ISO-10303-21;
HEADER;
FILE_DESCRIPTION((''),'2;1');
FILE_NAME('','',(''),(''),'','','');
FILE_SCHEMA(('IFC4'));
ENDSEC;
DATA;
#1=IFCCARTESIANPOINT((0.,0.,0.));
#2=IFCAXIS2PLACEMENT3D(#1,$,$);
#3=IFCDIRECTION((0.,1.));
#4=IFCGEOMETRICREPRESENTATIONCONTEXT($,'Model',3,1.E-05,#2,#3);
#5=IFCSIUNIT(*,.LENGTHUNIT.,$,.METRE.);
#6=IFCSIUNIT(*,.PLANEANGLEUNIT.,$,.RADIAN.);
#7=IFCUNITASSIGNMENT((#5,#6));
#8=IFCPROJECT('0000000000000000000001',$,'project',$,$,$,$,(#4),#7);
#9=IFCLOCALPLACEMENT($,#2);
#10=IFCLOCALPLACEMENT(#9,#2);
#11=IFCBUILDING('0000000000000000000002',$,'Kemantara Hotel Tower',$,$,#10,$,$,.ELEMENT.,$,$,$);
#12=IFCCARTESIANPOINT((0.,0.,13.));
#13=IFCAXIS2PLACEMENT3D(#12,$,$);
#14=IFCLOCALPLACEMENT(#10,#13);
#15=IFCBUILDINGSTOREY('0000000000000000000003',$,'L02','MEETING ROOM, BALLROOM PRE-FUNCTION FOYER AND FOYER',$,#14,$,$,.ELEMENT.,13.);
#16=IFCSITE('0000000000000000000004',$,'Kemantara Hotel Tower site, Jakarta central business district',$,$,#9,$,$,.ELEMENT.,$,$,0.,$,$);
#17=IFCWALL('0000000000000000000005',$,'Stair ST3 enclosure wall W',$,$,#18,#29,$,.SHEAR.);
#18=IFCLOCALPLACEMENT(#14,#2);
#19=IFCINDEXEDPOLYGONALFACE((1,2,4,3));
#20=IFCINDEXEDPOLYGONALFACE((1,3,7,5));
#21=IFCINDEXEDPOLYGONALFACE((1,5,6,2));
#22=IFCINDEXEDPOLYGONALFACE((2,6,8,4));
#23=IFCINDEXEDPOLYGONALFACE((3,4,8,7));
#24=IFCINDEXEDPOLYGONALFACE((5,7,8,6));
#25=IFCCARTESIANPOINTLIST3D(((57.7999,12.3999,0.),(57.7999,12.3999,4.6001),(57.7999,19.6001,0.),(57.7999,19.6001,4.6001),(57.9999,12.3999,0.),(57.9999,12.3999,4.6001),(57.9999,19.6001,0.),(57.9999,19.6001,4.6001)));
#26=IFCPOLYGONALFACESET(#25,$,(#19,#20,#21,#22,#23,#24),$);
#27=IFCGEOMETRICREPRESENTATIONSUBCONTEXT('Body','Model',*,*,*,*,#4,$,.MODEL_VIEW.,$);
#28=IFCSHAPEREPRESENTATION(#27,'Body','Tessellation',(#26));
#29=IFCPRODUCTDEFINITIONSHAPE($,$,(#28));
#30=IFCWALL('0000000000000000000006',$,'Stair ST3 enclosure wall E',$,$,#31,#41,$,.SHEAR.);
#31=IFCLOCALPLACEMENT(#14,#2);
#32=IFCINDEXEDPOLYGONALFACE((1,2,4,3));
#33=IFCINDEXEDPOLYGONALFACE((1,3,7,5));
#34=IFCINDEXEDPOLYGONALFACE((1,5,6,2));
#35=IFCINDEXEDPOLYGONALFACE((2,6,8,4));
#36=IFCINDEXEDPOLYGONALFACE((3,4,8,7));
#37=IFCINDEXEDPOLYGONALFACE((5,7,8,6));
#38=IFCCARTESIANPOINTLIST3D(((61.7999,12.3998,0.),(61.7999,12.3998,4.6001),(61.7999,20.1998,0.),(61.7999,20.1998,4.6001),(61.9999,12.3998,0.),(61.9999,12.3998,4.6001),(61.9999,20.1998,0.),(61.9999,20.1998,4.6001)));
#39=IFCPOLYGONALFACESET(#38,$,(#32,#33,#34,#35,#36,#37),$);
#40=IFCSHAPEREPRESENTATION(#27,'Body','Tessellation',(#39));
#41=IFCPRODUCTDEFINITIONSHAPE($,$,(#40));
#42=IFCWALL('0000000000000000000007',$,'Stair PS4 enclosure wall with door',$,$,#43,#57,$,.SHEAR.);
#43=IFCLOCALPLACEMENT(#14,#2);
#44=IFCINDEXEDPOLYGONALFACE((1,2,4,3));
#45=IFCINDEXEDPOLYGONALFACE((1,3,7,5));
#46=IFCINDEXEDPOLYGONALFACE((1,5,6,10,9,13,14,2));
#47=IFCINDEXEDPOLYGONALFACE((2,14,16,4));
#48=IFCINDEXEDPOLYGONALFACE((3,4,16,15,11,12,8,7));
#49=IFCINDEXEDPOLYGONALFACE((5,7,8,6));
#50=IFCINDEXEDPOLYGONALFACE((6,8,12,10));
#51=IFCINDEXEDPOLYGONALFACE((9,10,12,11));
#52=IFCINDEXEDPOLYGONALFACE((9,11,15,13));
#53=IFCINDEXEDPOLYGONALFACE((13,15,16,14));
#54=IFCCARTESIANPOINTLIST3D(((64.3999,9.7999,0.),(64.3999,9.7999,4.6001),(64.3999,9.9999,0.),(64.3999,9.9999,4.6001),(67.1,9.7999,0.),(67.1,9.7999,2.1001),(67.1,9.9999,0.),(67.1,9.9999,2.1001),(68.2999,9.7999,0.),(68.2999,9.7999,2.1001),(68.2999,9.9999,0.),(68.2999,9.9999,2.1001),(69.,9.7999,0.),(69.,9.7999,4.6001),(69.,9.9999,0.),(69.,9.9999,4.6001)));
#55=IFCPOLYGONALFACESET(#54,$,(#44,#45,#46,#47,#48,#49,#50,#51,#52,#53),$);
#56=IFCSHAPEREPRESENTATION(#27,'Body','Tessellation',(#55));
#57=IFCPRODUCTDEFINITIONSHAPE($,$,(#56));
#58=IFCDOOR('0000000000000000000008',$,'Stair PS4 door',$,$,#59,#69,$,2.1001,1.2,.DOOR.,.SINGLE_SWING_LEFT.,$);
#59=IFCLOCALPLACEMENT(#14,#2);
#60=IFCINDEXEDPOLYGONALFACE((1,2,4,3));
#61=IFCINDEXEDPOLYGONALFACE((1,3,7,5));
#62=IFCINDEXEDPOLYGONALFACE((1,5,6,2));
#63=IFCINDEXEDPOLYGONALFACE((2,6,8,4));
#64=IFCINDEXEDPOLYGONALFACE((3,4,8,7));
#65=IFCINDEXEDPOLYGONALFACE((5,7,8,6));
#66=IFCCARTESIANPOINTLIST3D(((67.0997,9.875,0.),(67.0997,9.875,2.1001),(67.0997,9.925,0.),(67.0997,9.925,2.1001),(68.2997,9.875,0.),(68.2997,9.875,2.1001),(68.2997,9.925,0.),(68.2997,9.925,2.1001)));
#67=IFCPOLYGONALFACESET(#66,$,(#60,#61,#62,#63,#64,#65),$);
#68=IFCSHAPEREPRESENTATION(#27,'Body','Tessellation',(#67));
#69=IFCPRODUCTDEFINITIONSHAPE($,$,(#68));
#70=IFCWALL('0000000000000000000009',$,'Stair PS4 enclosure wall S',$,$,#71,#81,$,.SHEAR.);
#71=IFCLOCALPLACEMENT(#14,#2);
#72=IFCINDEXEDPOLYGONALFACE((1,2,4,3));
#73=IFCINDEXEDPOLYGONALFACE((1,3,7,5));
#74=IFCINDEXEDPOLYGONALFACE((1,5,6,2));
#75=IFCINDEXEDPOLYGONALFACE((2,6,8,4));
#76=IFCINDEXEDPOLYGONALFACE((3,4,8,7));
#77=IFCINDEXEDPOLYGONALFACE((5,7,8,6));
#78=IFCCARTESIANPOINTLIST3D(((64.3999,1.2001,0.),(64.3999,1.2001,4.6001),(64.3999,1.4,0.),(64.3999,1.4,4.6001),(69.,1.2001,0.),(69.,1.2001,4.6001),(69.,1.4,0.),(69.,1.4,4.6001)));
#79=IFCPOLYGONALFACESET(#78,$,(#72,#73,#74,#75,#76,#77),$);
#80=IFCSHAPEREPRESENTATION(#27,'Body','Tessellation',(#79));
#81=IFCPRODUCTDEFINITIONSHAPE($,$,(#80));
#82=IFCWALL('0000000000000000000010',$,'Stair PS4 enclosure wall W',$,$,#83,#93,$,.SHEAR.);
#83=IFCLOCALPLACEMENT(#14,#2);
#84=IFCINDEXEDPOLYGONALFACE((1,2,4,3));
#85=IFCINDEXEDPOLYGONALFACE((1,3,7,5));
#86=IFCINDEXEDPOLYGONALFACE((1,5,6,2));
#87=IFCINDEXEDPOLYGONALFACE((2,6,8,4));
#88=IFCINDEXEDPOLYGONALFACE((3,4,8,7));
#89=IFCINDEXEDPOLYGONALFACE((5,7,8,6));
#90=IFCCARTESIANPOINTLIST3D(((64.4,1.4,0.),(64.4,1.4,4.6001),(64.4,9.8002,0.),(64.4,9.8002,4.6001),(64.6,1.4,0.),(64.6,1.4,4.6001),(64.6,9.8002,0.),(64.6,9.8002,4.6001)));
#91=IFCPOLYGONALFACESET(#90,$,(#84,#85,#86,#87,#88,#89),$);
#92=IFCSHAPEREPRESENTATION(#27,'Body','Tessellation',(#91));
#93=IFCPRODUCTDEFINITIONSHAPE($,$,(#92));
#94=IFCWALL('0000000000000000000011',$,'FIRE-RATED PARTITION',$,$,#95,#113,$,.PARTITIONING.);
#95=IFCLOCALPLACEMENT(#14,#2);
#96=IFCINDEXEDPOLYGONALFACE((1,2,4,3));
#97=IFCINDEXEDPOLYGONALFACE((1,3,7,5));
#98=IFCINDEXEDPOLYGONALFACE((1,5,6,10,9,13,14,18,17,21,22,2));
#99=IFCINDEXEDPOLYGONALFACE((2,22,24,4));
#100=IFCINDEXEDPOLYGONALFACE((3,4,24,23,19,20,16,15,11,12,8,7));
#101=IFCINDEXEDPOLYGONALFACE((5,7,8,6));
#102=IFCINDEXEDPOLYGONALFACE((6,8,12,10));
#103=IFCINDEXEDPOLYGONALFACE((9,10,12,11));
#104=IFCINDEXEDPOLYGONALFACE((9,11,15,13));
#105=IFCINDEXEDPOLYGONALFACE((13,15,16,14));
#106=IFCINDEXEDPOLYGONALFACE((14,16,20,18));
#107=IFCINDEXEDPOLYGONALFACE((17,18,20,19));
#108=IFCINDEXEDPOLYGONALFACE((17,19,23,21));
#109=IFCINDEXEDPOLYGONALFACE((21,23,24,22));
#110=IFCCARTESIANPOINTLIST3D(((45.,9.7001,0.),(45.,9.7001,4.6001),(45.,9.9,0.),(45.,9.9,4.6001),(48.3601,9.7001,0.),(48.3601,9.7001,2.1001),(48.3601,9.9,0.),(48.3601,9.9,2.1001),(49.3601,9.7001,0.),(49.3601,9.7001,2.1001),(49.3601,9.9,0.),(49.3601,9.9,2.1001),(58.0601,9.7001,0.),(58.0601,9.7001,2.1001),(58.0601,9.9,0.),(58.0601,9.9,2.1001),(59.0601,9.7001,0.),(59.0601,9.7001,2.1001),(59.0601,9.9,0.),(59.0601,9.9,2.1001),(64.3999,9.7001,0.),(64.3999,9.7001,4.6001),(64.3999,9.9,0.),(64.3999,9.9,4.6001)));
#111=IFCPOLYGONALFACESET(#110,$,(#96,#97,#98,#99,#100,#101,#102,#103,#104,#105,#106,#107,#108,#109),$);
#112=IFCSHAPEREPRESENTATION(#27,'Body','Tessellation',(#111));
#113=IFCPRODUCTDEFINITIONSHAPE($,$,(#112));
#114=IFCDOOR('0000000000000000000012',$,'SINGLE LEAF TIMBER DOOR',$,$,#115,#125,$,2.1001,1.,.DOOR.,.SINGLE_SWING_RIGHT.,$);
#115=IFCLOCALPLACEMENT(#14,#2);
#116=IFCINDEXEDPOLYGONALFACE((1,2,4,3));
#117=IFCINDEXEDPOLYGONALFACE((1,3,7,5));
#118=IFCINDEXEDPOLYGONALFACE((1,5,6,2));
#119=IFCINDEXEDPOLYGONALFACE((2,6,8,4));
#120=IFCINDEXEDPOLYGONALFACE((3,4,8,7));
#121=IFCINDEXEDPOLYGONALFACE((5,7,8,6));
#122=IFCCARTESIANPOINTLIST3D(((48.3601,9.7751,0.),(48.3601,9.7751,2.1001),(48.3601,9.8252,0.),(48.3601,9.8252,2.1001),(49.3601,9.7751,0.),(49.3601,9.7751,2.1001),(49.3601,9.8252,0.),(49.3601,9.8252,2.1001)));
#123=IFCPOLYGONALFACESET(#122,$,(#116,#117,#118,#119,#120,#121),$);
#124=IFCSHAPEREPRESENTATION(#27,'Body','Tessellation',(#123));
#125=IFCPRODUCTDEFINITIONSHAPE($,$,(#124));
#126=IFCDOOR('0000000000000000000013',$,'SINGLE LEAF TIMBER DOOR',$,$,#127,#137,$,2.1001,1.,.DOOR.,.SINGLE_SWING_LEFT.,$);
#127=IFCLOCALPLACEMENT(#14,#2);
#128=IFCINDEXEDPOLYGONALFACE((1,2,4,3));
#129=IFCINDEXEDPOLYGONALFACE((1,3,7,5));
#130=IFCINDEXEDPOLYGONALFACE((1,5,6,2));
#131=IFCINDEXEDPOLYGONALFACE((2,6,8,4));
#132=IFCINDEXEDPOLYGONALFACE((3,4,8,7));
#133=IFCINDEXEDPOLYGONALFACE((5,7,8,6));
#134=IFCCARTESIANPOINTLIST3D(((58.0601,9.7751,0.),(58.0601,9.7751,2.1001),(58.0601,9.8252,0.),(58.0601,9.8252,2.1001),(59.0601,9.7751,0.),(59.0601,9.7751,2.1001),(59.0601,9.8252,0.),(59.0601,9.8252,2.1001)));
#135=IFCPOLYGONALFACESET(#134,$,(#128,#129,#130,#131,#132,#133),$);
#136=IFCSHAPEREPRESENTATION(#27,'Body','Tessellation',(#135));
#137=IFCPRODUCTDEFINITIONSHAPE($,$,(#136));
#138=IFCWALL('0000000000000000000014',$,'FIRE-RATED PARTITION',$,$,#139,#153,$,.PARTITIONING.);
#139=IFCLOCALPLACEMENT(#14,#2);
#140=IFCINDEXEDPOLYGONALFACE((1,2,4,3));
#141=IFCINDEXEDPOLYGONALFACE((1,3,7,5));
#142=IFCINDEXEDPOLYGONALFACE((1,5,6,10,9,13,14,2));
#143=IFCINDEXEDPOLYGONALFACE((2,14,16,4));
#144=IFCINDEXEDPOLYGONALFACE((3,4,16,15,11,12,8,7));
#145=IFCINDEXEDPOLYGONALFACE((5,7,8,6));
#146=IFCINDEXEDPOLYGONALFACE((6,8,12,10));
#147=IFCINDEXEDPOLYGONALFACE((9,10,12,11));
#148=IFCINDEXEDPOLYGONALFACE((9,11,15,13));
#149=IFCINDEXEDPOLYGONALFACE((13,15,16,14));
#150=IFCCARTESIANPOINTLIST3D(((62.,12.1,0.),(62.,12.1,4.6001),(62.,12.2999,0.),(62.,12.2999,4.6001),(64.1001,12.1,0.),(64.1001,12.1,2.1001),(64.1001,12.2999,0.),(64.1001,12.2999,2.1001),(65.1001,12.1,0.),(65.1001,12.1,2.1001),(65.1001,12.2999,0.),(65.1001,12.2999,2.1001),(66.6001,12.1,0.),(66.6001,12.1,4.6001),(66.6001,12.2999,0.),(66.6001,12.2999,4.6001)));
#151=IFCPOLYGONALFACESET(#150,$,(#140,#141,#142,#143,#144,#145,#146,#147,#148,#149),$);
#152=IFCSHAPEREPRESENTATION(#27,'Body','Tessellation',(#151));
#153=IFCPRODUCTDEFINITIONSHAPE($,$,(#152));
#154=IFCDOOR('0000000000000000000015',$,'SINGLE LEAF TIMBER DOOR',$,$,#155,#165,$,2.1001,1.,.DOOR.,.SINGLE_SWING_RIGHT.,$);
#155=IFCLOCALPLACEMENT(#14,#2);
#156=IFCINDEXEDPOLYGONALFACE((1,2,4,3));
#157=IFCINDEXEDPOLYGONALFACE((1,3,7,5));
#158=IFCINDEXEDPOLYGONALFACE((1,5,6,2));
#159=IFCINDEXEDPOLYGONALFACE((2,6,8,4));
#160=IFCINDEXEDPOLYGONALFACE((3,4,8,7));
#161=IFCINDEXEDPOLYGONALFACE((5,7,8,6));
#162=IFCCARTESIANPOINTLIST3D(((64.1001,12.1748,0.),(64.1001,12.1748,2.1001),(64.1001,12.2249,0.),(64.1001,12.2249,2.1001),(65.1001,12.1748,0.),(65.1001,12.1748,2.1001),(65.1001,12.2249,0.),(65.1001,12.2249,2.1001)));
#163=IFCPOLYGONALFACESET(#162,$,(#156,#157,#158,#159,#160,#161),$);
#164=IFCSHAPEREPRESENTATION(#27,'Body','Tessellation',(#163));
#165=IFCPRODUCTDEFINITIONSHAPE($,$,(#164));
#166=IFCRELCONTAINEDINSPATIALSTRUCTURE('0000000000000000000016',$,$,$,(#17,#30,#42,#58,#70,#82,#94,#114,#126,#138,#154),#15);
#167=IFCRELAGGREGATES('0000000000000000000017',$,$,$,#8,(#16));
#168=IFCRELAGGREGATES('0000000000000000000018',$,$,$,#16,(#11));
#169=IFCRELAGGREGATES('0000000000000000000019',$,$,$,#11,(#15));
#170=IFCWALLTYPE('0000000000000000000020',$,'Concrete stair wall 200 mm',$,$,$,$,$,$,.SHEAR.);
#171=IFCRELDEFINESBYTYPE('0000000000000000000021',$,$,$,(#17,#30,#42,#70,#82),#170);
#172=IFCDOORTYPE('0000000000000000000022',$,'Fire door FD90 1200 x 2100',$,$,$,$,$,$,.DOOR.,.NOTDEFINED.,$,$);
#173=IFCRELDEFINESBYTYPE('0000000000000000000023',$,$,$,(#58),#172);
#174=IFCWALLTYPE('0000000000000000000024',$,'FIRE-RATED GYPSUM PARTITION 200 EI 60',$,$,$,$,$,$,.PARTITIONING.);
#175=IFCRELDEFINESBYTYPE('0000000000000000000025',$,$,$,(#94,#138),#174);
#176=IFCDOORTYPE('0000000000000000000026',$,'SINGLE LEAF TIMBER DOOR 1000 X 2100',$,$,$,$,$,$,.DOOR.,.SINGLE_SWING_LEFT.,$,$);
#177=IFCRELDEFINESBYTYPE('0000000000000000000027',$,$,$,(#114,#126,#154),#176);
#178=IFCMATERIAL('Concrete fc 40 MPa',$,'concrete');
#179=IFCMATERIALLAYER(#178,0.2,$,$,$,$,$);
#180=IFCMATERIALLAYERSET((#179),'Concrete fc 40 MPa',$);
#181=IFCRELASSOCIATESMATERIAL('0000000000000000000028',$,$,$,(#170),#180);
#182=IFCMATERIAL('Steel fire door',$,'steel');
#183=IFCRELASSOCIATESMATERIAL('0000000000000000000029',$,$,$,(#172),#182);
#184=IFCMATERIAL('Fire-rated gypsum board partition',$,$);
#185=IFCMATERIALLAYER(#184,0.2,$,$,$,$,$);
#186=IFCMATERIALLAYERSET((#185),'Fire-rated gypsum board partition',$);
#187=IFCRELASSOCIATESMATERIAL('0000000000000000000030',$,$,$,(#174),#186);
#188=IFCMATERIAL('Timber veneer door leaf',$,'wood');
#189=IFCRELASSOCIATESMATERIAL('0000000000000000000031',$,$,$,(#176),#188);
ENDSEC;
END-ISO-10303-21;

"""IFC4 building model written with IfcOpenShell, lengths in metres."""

from ifc_helpers import new_model, si_unit, direction, frame, frame_2d, origin, place, context, subcontext, project, spatial, rectangle, extrude, material, layer, layer_set, type_object, element, fill, save


model = new_model("IFC4")

# Units and contexts
model_context = context("Model", 3, precision=1e-05, world=origin(), true_north=direction((0.0, 1.0)))
body_context = subcontext(model_context, "Body", "Model", "MODEL_VIEW")
ifc_project = project(units=[si_unit("LENGTHUNIT", "METRE"), si_unit("PLANEANGLEUNIT", "RADIAN")], contexts=[model_context])

# Site, building, storey
site_placement = place(None, origin())
site = spatial("IfcSite", under=ifc_project, at=site_placement, Name="Kemantara Hotel Tower site, Jakarta central business district", CompositionType="ELEMENT", RefElevation=0.0)
building_placement = place(site_placement, origin())
building = spatial("IfcBuilding", under=site, at=building_placement, Name="Kemantara Hotel Tower", CompositionType="ELEMENT")
storey_placement = place(building_placement, frame((0.0, 0.0, 13.0)))
storey = spatial("IfcBuildingStorey", under=building, at=storey_placement, Name="L02", Description="MEETING ROOM, BALLROOM PRE-FUNCTION FOYER AND FOYER", CompositionType="ELEMENT", Elevation=13.0)

# Shared definitions
ifc_material_1 = material(Name="Concrete fc 40 MPa", Category="concrete")
ifc_layer_1 = layer(ifc_material_1, 0.2)
ifc_layer_set_1 = layer_set([ifc_layer_1], Name="Concrete fc 40 MPa")
wall_type_1 = type_object("IfcWallType", Name="Concrete stair wall 200 mm", PredefinedType="SHEAR", material=ifc_layer_set_1)
ifc_material_2 = material(Name="Steel fire door", Category="steel")
door_type_1 = type_object("IfcDoorType", Name="Fire door FD90 1200 x 2100", OperationType="NOTDEFINED", PredefinedType="DOOR", material=ifc_material_2)

# Walls
wall_1_placement = place(storey_placement, frame((57.8999, 12.3999, 0.0), z_axis=(0.0, 0.0, 1.0), x_axis=(0.0, 1.0, 0.0)))
element("IfcWall", 1, at=wall_1_placement, inside=storey, type_object=wall_type_1, Name="Stair ST3 enclosure wall W", PredefinedType="SHEAR", context=body_context, shape_type="SweptSolid", body=[
    extrude(rectangle(XDim=7.2002, YDim=0.2, at=frame_2d((3.6001, 0.0))), origin(), (0.0, 0.0, 1.0), 4.6001),
])
wall_2_placement = place(storey_placement, frame((61.8999, 12.3999, 0.0), z_axis=(0.0, 0.0, 1.0), x_axis=(0.0, 1.0, 0.0)))
element("IfcWall", 2, at=wall_2_placement, inside=storey, type_object=wall_type_1, Name="Stair ST3 enclosure wall E", PredefinedType="SHEAR", context=body_context, shape_type="SweptSolid", body=[
    extrude(rectangle(XDim=7.8, YDim=0.2, at=frame_2d((3.8999, 0.0))), origin(), (0.0, 0.0, 1.0), 4.6001),
])

# Wall, opening, door
wall_3_placement = place(storey_placement, frame((64.3999, 9.8999, 0.0), z_axis=(0.0, 0.0, 1.0), x_axis=(1.0, 0.0, 0.0)))
wall_3 = element("IfcWall", 3, at=wall_3_placement, inside=storey, type_object=wall_type_1, Name="Stair PS4 enclosure wall with door", PredefinedType="SHEAR", context=body_context, shape_type="SweptSolid", body=[
    extrude(rectangle(XDim=4.6001, YDim=0.2, at=frame_2d((2.3, 0.0))), origin(), (0.0, 0.0, 1.0), 4.6001),
])
opening_1_placement = place(wall_3_placement, frame((2.7, 0.0, 0.0)))
opening_1 = element("IfcOpeningElement", 4, at=opening_1_placement, cuts=wall_3, PredefinedType="OPENING", context=body_context, shape_type="SweptSolid", body=[
    extrude(rectangle(XDim=1.2, YDim=2.1001, at=frame_2d((0.6001, 1.05))), frame((0.0, 0.1099, 0.0), z_axis=(0.0, -1.0, 0.0), x_axis=(1.0, 0.0, 0.0)), (0.0, 0.0, 1.0), 0.22),
])
door_1_placement = place(opening_1_placement, frame((1.2, 0.0, 0.0), z_axis=(0.0, 0.0, 1.0), x_axis=(-1.0, 0.0, 0.0)))
door_1 = element("IfcDoor", 5, at=door_1_placement, inside=storey, type_object=door_type_1, Name="Stair PS4 door", OperationType="SINGLE_SWING_LEFT", OverallHeight=2.1001, OverallWidth=1.2, PredefinedType="DOOR", context=body_context, shape_type="SweptSolid", body=[
    extrude(rectangle(XDim=1.2, YDim=2.1001, at=frame_2d((0.6001, 1.05))), frame((0.0, 0.0249, 0.0), z_axis=(0.0, -1.0, 0.0), x_axis=(1.0, 0.0, 0.0)), (0.0, 0.0, 1.0), 0.05),
])
fill(opening_1, door_1)

# Walls
wall_4_placement = place(storey_placement, frame((64.3999, 1.3, 0.0), z_axis=(0.0, 0.0, 1.0), x_axis=(1.0, 0.0, 0.0)))
element("IfcWall", 6, at=wall_4_placement, inside=storey, type_object=wall_type_1, Name="Stair PS4 enclosure wall S", PredefinedType="SHEAR", context=body_context, shape_type="SweptSolid", body=[
    extrude(rectangle(XDim=4.6001, YDim=0.2, at=frame_2d((2.3, 0.0))), origin(), (0.0, 0.0, 1.0), 4.6001),
])
wall_5_placement = place(storey_placement, frame((64.5, 1.3999, 0.0), z_axis=(0.0, 0.0, 1.0), x_axis=(0.0, 1.0, 0.0)))
element("IfcWall", 7, at=wall_5_placement, inside=storey, type_object=wall_type_1, Name="Stair PS4 enclosure wall W", PredefinedType="SHEAR", context=body_context, shape_type="SweptSolid", body=[
    extrude(rectangle(XDim=8.4001, YDim=0.2, at=frame_2d((4.2002, 0.0))), origin(), (0.0, 0.0, 1.0), 4.6001),
])

# Wall, openings, doors
ifc_material_3 = material(Name="Fire-rated gypsum board partition")
ifc_layer_2 = layer(ifc_material_3, 0.2)
ifc_layer_set_2 = layer_set([ifc_layer_2], Name="Fire-rated gypsum board partition")
wall_type_2 = type_object("IfcWallType", Name="FIRE-RATED GYPSUM PARTITION 200 EI 60", PredefinedType="PARTITIONING", material=ifc_layer_set_2)
wall_6_placement = place(storey_placement, frame((45.0, 9.8, 0.0), z_axis=(0.0, 0.0, 1.0), x_axis=(1.0, 0.0, 0.0)))
wall_6 = element("IfcWall", 8, at=wall_6_placement, inside=storey, type_object=wall_type_2, Name="FIRE-RATED PARTITION", PredefinedType="PARTITIONING", context=body_context, shape_type="SweptSolid", body=[
    extrude(rectangle(XDim=19.3999, YDim=0.2, at=frame_2d((9.7, 0.0))), origin(), (0.0, 0.0, 1.0), 4.6001),
])
opening_2_placement = place(wall_6_placement, frame((3.3601, 0.0, 0.0)))
opening_2 = element("IfcOpeningElement", 9, at=opening_2_placement, cuts=wall_6, PredefinedType="OPENING", context=body_context, shape_type="SweptSolid", body=[
    extrude(rectangle(XDim=1.0, YDim=2.1001, at=frame_2d((0.5, 1.05))), frame((0.0, 0.1099, 0.0), z_axis=(0.0, -1.0, 0.0), x_axis=(1.0, 0.0, 0.0)), (0.0, 0.0, 1.0), 0.22),
])
opening_3_placement = place(wall_6_placement, frame((13.0601, 0.0, 0.0)))
opening_3 = element("IfcOpeningElement", 10, at=opening_3_placement, cuts=wall_6, PredefinedType="OPENING", context=body_context, shape_type="SweptSolid", body=[
    extrude(rectangle(XDim=1.0, YDim=2.1001, at=frame_2d((0.5, 1.05))), frame((0.0, 0.1099, 0.0), z_axis=(0.0, -1.0, 0.0), x_axis=(1.0, 0.0, 0.0)), (0.0, 0.0, 1.0), 0.22),
])
ifc_material_4 = material(Name="Timber veneer door leaf", Category="wood")
door_type_2 = type_object("IfcDoorType", Name="SINGLE LEAF TIMBER DOOR 1000 X 2100", OperationType="SINGLE_SWING_LEFT", PredefinedType="DOOR", material=ifc_material_4)
door_2_placement = place(opening_2_placement, frame((1.0, 0.0, 0.0), z_axis=(0.0, 0.0, 1.0), x_axis=(-1.0, 0.0, 0.0)))
door_2 = element("IfcDoor", 11, at=door_2_placement, inside=storey, type_object=door_type_2, Name="SINGLE LEAF TIMBER DOOR", OperationType="SINGLE_SWING_RIGHT", OverallHeight=2.1001, OverallWidth=1.0, PredefinedType="DOOR", context=body_context, shape_type="SweptSolid", body=[
    extrude(rectangle(XDim=1.0, YDim=2.1001, at=frame_2d((0.5, 1.05))), frame((0.0, 0.0249, 0.0), z_axis=(0.0, -1.0, 0.0), x_axis=(1.0, 0.0, 0.0)), (0.0, 0.0, 1.0), 0.05),
])
fill(opening_2, door_2)
door_3_placement = place(opening_3_placement, frame((1.0, 0.0, 0.0), z_axis=(0.0, 0.0, 1.0), x_axis=(-1.0, 0.0, 0.0)))
door_3 = element("IfcDoor", 12, at=door_3_placement, inside=storey, type_object=door_type_2, Name="SINGLE LEAF TIMBER DOOR", OperationType="SINGLE_SWING_LEFT", OverallHeight=2.1001, OverallWidth=1.0, PredefinedType="DOOR", context=body_context, shape_type="SweptSolid", body=[
    extrude(rectangle(XDim=1.0, YDim=2.1001, at=frame_2d((0.5, 1.05))), frame((0.0, 0.0249, 0.0), z_axis=(0.0, -1.0, 0.0), x_axis=(1.0, 0.0, 0.0)), (0.0, 0.0, 1.0), 0.05),
])
fill(opening_3, door_3)

# Wall, opening, door
wall_7_placement = place(storey_placement, frame((62.0, 12.2, 0.0), z_axis=(0.0, 0.0, 1.0), x_axis=(1.0, 0.0, 0.0)))
wall_7 = element("IfcWall", 13, at=wall_7_placement, inside=storey, type_object=wall_type_2, Name="FIRE-RATED PARTITION", PredefinedType="PARTITIONING", context=body_context, shape_type="SweptSolid", body=[
    extrude(rectangle(XDim=4.6001, YDim=0.2, at=frame_2d((2.3, 0.0))), origin(), (0.0, 0.0, 1.0), 4.6001),
])
opening_4_placement = place(wall_7_placement, frame((2.1001, 0.0, 0.0)))
opening_4 = element("IfcOpeningElement", 14, at=opening_4_placement, cuts=wall_7, PredefinedType="OPENING", context=body_context, shape_type="SweptSolid", body=[
    extrude(rectangle(XDim=1.0, YDim=2.1001, at=frame_2d((0.5, 1.05))), frame((0.0, 0.1099, 0.0), z_axis=(0.0, -1.0, 0.0), x_axis=(1.0, 0.0, 0.0)), (0.0, 0.0, 1.0), 0.22),
])
door_4_placement = place(opening_4_placement, origin())
door_4 = element("IfcDoor", 15, at=door_4_placement, inside=storey, type_object=door_type_2, Name="SINGLE LEAF TIMBER DOOR", OperationType="SINGLE_SWING_RIGHT", OverallHeight=2.1001, OverallWidth=1.0, PredefinedType="DOOR", context=body_context, shape_type="SweptSolid", body=[
    extrude(rectangle(XDim=1.0, YDim=2.1001, at=frame_2d((0.5, 1.05))), frame((0.0, 0.0249, 0.0), z_axis=(0.0, -1.0, 0.0), x_axis=(1.0, 0.0, 0.0)), (0.0, 0.0, 1.0), 0.05),
])
fill(opening_4, door_4)

save(model, "model.ifc")
